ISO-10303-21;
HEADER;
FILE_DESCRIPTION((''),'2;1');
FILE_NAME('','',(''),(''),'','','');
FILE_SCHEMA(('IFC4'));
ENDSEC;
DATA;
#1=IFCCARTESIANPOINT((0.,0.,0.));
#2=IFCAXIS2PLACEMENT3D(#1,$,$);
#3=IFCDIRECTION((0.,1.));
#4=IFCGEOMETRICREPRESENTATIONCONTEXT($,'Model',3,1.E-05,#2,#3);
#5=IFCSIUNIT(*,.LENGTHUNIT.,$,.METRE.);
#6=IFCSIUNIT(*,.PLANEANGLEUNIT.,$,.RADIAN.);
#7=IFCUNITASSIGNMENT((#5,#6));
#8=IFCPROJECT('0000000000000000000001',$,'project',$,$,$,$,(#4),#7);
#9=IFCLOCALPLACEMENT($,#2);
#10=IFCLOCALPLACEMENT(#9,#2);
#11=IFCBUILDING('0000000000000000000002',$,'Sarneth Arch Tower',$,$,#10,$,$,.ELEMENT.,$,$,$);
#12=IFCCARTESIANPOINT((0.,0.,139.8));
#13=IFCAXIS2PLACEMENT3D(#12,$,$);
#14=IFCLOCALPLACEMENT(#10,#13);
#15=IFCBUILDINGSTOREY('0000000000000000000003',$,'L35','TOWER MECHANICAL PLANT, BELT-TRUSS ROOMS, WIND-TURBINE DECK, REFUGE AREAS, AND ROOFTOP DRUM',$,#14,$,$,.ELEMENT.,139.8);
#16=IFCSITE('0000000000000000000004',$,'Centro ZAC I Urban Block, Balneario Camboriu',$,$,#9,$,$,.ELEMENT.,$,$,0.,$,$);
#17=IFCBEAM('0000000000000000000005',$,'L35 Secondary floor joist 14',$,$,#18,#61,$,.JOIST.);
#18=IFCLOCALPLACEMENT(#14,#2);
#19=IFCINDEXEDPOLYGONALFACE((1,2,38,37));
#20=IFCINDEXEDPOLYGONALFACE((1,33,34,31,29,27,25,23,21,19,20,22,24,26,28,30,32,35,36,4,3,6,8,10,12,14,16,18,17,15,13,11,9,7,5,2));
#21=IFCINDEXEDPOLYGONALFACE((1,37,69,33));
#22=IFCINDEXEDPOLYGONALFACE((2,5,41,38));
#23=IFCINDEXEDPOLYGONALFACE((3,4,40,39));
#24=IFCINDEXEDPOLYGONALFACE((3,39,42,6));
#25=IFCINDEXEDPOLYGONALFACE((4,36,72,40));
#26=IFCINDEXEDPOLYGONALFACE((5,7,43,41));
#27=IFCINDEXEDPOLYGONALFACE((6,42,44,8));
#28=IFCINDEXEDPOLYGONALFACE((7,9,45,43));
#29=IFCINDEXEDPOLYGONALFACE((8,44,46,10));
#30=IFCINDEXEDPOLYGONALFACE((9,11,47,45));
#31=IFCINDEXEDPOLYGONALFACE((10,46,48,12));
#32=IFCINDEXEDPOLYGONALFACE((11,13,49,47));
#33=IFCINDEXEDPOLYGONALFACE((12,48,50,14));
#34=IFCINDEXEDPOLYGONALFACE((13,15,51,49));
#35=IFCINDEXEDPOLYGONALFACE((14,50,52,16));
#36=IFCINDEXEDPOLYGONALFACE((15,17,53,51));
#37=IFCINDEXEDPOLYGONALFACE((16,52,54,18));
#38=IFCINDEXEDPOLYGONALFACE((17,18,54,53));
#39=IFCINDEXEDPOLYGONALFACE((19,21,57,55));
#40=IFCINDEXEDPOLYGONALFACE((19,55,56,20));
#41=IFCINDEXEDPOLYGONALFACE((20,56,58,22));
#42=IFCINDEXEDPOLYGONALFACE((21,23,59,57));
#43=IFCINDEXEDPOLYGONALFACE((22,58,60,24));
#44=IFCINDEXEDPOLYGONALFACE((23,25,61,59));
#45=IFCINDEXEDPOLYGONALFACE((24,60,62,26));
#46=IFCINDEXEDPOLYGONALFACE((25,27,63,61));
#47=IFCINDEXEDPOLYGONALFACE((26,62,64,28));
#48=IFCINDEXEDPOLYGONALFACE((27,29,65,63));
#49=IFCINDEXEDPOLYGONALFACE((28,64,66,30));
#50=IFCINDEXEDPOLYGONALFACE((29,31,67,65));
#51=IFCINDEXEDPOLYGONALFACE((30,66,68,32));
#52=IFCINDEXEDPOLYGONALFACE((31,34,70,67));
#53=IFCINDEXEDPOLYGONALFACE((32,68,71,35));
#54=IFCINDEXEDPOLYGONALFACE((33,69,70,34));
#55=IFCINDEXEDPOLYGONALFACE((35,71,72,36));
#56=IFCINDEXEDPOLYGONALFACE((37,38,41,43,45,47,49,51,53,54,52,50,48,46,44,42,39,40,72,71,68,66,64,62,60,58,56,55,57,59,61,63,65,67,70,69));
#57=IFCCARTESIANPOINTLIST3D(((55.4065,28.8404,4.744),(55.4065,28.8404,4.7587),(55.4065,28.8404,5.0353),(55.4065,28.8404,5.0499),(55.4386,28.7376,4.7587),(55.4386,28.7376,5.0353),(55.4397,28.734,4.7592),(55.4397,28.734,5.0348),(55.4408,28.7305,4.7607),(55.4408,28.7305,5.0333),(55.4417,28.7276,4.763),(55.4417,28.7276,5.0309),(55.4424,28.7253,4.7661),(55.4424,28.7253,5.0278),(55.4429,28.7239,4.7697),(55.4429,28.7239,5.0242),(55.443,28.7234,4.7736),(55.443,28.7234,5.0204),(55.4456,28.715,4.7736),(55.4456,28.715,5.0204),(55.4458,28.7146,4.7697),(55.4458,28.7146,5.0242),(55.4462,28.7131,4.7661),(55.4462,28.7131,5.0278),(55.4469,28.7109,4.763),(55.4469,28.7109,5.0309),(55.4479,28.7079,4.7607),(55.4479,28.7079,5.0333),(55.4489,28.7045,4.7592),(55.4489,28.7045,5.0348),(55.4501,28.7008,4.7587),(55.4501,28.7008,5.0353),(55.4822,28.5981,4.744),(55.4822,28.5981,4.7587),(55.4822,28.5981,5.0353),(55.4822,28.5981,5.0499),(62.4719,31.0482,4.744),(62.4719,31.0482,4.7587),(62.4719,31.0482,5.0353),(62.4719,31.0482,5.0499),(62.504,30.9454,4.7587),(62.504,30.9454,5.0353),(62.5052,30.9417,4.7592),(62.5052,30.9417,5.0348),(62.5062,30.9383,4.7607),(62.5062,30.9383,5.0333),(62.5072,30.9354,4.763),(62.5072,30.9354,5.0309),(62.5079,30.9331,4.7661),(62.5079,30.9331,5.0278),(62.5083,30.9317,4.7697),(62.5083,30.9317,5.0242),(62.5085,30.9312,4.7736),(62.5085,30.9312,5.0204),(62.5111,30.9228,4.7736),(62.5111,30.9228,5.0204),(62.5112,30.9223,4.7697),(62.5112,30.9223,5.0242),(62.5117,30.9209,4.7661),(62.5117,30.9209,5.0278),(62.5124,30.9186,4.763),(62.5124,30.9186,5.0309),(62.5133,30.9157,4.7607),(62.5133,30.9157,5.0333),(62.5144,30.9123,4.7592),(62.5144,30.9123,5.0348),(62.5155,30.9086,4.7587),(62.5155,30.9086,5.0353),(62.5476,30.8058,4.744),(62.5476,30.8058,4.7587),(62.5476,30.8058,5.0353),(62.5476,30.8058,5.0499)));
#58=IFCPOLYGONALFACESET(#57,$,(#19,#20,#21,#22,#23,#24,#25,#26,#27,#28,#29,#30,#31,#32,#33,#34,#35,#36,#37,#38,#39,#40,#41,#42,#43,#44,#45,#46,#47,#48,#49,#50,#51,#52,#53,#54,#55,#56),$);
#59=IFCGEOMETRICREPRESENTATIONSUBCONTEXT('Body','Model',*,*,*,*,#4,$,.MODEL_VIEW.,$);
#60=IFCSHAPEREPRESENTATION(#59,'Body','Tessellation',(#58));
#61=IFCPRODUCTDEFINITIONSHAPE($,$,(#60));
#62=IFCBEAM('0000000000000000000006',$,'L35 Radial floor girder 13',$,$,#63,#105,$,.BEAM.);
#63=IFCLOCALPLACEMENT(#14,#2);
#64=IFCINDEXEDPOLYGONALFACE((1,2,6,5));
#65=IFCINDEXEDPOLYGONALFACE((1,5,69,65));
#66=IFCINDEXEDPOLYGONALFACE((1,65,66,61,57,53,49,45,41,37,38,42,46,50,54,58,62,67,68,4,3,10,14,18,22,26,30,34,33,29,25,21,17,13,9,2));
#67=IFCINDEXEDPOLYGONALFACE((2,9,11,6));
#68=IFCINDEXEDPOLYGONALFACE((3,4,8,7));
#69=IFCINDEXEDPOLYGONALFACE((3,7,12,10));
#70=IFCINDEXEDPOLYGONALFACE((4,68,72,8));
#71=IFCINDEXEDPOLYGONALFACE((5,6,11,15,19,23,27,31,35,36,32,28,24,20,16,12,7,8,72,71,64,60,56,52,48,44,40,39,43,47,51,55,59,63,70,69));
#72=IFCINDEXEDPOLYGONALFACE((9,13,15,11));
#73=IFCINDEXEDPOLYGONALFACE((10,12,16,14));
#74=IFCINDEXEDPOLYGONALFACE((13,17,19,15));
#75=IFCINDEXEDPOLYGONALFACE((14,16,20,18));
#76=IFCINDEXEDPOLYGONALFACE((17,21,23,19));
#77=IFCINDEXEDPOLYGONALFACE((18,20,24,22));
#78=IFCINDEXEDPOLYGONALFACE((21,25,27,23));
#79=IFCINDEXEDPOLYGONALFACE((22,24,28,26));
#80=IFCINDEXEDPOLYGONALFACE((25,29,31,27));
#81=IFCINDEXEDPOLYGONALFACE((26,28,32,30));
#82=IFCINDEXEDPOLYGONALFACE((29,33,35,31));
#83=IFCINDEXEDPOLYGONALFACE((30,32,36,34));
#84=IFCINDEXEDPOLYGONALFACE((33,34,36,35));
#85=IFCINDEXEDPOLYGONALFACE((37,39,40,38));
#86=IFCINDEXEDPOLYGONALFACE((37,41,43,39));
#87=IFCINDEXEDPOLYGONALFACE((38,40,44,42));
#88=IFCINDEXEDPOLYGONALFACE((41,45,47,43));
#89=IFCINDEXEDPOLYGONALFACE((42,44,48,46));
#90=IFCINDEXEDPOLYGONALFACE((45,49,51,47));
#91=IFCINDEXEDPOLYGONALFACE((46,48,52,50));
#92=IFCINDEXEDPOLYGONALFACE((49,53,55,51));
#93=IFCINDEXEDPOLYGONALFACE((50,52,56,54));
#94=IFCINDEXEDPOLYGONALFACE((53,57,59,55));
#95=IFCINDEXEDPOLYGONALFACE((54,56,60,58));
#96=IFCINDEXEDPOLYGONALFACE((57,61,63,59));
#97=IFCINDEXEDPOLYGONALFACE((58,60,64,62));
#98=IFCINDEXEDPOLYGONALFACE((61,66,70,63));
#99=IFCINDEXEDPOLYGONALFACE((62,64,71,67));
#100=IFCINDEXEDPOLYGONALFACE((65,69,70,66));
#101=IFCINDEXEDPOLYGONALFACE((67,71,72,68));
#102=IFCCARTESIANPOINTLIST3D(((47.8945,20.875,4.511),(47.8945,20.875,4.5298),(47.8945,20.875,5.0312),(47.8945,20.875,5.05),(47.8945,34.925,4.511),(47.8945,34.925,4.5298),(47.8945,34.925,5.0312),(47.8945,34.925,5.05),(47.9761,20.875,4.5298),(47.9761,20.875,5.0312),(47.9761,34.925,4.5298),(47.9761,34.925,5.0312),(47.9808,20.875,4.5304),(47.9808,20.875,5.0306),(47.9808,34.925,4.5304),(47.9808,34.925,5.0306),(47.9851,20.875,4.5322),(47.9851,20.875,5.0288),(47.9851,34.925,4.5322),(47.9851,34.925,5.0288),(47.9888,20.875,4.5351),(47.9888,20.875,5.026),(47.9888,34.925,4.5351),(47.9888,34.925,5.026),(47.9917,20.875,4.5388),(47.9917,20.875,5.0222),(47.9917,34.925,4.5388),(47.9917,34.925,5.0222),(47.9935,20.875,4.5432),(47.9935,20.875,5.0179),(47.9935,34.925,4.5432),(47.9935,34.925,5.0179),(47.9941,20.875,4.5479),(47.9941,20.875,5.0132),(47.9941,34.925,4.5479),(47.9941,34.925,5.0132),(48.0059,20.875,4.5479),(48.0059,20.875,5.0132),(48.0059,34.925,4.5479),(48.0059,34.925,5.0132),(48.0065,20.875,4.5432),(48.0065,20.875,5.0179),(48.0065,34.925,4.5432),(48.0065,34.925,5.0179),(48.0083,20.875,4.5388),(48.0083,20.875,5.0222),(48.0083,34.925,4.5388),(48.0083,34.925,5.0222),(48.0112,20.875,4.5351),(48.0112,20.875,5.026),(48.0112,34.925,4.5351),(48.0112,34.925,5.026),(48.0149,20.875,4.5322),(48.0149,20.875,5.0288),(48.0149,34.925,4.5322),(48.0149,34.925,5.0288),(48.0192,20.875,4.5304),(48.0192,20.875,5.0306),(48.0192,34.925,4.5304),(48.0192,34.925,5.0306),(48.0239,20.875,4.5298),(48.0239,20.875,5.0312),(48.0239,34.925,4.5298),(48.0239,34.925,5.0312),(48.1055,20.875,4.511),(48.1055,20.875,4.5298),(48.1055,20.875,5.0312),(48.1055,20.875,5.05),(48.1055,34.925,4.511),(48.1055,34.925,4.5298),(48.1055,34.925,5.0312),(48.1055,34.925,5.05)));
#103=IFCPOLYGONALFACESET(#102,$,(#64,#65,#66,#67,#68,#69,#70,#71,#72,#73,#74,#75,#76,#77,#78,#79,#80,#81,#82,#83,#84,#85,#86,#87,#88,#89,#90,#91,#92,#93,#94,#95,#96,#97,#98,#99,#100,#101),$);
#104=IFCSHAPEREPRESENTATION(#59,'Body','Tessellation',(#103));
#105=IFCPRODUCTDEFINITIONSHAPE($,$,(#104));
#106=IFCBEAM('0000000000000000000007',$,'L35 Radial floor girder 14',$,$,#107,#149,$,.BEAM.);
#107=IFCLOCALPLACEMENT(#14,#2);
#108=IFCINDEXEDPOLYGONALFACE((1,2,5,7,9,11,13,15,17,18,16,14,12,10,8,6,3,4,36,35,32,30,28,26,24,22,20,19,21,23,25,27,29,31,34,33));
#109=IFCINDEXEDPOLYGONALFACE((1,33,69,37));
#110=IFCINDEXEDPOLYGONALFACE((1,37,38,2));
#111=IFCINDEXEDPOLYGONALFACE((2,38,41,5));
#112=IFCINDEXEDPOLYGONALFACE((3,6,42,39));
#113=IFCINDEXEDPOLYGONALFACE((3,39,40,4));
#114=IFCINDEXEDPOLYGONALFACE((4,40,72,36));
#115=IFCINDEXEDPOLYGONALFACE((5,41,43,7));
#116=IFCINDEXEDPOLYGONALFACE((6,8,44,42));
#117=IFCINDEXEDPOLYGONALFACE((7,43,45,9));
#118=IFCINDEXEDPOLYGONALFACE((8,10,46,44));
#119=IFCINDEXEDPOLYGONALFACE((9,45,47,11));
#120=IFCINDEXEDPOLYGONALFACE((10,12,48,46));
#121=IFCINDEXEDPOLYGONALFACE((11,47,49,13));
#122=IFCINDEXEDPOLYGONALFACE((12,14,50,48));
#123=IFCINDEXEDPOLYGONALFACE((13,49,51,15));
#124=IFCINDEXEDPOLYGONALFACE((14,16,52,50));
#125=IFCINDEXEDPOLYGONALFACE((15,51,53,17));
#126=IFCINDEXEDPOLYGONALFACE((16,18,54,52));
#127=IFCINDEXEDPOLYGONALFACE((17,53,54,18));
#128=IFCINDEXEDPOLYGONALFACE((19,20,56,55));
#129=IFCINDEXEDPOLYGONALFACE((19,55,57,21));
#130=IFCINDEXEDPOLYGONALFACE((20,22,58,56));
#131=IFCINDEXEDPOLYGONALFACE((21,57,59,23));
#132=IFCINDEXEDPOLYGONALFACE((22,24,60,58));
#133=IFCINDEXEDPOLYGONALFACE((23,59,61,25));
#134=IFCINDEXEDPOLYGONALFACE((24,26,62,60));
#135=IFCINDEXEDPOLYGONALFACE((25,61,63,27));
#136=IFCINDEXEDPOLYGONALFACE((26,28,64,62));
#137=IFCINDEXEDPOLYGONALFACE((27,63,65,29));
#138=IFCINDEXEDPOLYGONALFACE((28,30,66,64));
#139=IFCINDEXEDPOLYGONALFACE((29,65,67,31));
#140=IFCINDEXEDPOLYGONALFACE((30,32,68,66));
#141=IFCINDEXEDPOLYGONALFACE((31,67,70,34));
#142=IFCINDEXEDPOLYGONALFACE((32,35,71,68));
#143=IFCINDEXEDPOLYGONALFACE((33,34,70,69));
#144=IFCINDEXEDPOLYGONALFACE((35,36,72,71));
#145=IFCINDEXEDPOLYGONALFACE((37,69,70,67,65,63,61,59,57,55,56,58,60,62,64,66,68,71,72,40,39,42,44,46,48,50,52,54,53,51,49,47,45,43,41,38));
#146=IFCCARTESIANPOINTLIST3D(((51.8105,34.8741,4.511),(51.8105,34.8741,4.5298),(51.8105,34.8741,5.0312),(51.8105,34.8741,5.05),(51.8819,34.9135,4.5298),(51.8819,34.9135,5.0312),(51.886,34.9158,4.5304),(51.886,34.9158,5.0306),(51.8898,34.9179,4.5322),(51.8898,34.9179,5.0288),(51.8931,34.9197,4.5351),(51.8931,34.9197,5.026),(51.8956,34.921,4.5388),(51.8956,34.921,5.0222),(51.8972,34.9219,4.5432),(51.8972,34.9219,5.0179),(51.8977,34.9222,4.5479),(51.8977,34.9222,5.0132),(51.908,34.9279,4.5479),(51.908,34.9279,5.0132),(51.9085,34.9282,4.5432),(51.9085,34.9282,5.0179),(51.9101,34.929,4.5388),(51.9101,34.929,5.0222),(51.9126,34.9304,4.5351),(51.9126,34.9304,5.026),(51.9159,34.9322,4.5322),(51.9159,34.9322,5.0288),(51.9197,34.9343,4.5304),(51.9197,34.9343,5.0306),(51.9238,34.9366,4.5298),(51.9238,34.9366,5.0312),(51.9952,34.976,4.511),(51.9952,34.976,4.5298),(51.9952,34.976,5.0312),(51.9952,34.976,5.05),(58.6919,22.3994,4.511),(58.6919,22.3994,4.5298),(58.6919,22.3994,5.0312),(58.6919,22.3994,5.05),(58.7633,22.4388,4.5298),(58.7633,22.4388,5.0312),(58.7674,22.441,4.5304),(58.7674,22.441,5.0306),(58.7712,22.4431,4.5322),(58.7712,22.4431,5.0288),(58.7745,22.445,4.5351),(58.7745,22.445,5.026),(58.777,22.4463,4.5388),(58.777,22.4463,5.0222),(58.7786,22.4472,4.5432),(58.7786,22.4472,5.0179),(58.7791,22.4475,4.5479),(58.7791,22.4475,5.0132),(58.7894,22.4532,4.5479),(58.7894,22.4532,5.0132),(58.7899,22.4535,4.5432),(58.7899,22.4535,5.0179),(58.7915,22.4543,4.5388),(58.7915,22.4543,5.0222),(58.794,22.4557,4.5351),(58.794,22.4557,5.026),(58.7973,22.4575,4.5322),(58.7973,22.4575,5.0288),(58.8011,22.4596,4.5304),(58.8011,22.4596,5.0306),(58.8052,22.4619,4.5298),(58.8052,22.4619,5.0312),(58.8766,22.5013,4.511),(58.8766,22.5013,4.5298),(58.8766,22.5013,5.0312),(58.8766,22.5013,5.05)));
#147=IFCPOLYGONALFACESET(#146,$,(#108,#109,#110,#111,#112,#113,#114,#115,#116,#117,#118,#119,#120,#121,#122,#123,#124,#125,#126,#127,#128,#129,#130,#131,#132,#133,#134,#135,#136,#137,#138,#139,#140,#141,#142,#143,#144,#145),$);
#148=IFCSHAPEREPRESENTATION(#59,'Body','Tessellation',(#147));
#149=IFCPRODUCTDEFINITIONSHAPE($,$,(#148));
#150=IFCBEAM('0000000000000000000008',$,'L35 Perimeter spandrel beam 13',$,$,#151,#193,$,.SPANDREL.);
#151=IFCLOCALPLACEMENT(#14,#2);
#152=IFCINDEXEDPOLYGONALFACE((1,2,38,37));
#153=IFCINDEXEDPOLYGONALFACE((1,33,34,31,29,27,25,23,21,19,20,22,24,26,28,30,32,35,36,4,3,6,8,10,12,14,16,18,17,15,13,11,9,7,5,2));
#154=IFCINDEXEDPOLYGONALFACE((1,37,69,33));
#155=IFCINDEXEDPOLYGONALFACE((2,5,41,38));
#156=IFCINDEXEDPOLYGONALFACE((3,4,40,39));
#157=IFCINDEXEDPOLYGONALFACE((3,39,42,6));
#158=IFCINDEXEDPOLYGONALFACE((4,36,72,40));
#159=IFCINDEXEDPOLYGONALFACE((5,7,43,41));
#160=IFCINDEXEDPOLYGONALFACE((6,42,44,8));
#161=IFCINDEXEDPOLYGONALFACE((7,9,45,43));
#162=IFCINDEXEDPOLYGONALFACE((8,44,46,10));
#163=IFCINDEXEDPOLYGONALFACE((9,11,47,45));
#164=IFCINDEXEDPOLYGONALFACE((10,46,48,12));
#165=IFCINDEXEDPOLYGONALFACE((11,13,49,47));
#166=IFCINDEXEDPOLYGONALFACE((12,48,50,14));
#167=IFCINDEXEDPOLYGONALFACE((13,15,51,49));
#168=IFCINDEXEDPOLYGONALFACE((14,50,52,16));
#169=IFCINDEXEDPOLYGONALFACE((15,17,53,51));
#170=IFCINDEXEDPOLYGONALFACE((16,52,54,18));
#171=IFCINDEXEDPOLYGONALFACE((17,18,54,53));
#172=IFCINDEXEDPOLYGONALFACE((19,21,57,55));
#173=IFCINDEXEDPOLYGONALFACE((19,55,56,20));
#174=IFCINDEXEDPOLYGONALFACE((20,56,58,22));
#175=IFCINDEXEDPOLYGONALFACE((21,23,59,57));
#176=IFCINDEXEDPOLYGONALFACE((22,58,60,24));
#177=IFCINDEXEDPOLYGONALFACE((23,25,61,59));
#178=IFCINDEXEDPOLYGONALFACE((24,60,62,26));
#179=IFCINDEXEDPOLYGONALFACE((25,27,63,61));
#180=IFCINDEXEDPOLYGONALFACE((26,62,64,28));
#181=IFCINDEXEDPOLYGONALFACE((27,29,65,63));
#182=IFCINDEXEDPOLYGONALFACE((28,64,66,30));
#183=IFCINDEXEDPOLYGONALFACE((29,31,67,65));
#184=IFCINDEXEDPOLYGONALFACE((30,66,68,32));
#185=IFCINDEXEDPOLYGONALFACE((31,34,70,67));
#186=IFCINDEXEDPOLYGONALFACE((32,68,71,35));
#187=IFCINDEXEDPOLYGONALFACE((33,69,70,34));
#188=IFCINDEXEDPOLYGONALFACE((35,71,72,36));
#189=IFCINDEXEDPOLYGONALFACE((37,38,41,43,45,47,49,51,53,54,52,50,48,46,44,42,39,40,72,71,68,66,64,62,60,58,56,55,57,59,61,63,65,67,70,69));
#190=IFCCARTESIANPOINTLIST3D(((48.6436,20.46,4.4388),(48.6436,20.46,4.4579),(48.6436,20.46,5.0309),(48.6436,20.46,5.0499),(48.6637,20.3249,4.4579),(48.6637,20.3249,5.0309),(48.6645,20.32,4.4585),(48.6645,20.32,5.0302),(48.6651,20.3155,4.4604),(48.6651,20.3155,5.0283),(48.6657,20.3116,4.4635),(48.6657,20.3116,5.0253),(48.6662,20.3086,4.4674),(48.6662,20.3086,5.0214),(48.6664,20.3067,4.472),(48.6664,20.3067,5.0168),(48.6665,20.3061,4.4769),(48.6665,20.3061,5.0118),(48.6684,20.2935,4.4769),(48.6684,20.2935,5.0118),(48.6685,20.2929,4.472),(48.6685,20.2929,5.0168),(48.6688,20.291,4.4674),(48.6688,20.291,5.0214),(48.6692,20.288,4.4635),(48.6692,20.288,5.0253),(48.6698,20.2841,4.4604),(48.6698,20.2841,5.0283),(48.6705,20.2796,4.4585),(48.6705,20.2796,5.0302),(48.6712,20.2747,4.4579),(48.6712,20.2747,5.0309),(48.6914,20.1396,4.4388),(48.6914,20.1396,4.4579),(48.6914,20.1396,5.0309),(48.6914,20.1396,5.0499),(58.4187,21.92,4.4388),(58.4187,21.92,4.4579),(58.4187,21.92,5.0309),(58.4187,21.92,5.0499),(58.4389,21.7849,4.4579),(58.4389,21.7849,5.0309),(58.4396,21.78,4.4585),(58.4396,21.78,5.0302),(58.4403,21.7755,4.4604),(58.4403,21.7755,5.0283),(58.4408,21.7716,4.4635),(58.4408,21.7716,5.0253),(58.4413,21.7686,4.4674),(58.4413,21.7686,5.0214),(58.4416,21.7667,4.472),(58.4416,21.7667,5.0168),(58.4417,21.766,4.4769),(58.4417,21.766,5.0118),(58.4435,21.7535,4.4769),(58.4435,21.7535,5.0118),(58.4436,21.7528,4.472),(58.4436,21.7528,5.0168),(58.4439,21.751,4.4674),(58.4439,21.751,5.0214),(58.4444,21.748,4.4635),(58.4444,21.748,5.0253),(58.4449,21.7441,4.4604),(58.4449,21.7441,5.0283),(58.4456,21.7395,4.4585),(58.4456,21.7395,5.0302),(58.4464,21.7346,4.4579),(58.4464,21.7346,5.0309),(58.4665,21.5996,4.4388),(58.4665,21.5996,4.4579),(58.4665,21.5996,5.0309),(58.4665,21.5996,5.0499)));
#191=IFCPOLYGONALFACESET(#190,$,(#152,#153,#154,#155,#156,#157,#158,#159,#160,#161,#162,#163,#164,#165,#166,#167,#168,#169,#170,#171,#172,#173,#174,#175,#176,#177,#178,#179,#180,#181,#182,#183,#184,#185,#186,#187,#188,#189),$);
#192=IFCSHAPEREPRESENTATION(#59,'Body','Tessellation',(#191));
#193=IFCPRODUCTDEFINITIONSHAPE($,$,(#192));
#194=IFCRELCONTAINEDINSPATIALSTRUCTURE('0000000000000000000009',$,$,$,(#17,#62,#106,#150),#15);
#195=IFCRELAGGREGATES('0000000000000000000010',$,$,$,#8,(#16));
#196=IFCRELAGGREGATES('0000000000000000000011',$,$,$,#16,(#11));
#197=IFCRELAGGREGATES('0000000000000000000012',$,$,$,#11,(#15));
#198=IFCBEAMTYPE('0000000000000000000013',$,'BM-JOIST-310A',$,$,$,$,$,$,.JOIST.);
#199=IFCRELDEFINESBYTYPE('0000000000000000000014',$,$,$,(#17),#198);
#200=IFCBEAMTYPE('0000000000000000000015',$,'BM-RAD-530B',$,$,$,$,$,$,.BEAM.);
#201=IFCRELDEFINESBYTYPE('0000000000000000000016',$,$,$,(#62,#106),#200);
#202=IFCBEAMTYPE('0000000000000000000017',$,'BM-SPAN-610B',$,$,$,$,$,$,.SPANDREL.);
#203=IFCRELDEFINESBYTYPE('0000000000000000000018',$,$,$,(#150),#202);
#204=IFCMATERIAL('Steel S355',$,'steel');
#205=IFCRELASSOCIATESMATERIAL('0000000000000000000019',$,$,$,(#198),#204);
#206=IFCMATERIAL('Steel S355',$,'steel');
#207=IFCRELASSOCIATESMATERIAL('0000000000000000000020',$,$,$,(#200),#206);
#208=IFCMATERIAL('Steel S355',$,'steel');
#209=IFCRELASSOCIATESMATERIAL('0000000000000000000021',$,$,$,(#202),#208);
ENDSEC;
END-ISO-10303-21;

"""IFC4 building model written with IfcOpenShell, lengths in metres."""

from ifc_helpers import new_model, si_unit, direction, frame, origin, origin_2d, place, context, subcontext, project, spatial, i_section, extrude, material, material_profile, profile_set, type_object, element, save


model = new_model("IFC4")

# Units and contexts
model_context = context("Model", 3, precision=1e-05, world=origin(), true_north=direction((0.0, 1.0)))
body_context = subcontext(model_context, "Body", "Model", "MODEL_VIEW")
ifc_project = project(units=[si_unit("LENGTHUNIT", "METRE"), si_unit("PLANEANGLEUNIT", "RADIAN")], contexts=[model_context])

# Site, building, storey
site_placement = place(None, origin())
site = spatial("IfcSite", under=ifc_project, at=site_placement, Name="Centro ZAC I Urban Block, Balneario Camboriu", CompositionType="ELEMENT", RefElevation=0.0)
building_placement = place(site_placement, origin())
building = spatial("IfcBuilding", under=site, at=building_placement, Name="Sarneth Arch Tower", CompositionType="ELEMENT")
storey_placement = place(building_placement, frame((0.0, 0.0, 139.8)))
storey = spatial("IfcBuildingStorey", under=building, at=storey_placement, Name="L35", Description="TOWER MECHANICAL PLANT, BELT-TRUSS ROOMS, WIND-TURBINE DECK, REFUGE AREAS, AND ROOFTOP DRUM", CompositionType="ELEMENT", Elevation=139.8)

# Beams
ifc_material_1 = material(Name="Steel S355", Category="steel")
ifc_material_profile_1 = material_profile(ifc_material_1, i_section(OverallWidth=0.2539, OverallDepth=0.3059, WebThickness=0.0088, FlangeThickness=0.0146, FilletRadius=0.0149, at=origin_2d()), Name="W310x79")
ifc_profile_set_1 = profile_set([ifc_material_profile_1], Name="Steel S355")
beam_type_1 = type_object("IfcBeamType", Name="BM-JOIST-310A", PredefinedType="JOIST", material=ifc_profile_set_1)
beam_1_placement = place(storey_placement, frame((55.4443, 28.7192, 4.897), z_axis=(0.954487, 0.298252, 0.0), x_axis=(-0.298252, 0.954487, 0.0)))
element("IfcBeam", 1, at=beam_1_placement, inside=storey, type_object=beam_type_1, Name="L35 Secondary floor joist 14", PredefinedType="JOIST", context=body_context, shape_type="SweptSolid", body=[
    extrude(i_section(OverallWidth=0.2539, OverallDepth=0.3059, WebThickness=0.0088, FlangeThickness=0.0146, FilletRadius=0.0149, at=origin_2d()), origin(), (0.0, 0.0, 1.0), 7.4023),
])
ifc_material_2 = material(Name="Steel S355", Category="steel")
ifc_material_profile_2 = material_profile(ifc_material_2, i_section(OverallWidth=0.2109, OverallDepth=0.5391, WebThickness=0.0117, FlangeThickness=0.0188, FilletRadius=0.0181, at=origin_2d()), Name="W530x109")
ifc_profile_set_2 = profile_set([ifc_material_profile_2], Name="Steel S355")
beam_type_2 = type_object("IfcBeamType", Name="BM-RAD-530B", PredefinedType="BEAM", material=ifc_profile_set_2)
beam_2_placement = place(storey_placement, frame((48.0, 34.925, 4.7805), z_axis=(0.0, -1.0, 0.0), x_axis=(1.0, 0.0, 0.0)))
element("IfcBeam", 2, at=beam_2_placement, inside=storey, type_object=beam_type_2, Name="L35 Radial floor girder 13", PredefinedType="BEAM", context=body_context, shape_type="SweptSolid", body=[
    extrude(i_section(OverallWidth=0.2109, OverallDepth=0.5391, WebThickness=0.0117, FlangeThickness=0.0188, FilletRadius=0.0181, at=origin_2d()), origin(), (0.0, 0.0, 1.0), 14.05),
])
beam_3_placement = place(storey_placement, frame((51.9028, 34.925, 4.7805), z_axis=(0.483013, -0.875613, 0.0), x_axis=(0.875613, 0.483013, 0.0)))
element("IfcBeam", 3, at=beam_3_placement, inside=storey, type_object=beam_type_2, Name="L35 Radial floor girder 14", PredefinedType="BEAM", context=body_context, shape_type="SweptSolid", body=[
    extrude(i_section(OverallWidth=0.2109, OverallDepth=0.5391, WebThickness=0.0117, FlangeThickness=0.0188, FilletRadius=0.0181, at=origin_2d()), origin(), (0.0, 0.0, 1.0), 14.2468),
])
ifc_material_3 = material(Name="Steel S355", Category="steel")
ifc_material_profile_3 = material_profile(ifc_material_3, i_section(OverallWidth=0.324, OverallDepth=0.6111, WebThickness=0.0127, FlangeThickness=0.019, FilletRadius=0.019, at=origin_2d()), Name="W610x155")
ifc_profile_set_3 = profile_set([ifc_material_profile_3], Name="Steel S355")
beam_type_3 = type_object("IfcBeamType", Name="BM-SPAN-610B", PredefinedType="SPANDREL", material=ifc_profile_set_3)
beam_4_placement = place(storey_placement, frame((48.6675, 20.2998, 4.7444), z_axis=(0.98903, 0.147716, 0.0), x_axis=(-0.147716, 0.98903, 0.0)))
element("IfcBeam", 4, at=beam_4_placement, inside=storey, type_object=beam_type_3, Name="L35 Perimeter spandrel beam 13", PredefinedType="SPANDREL", context=body_context, shape_type="SweptSolid", body=[
    extrude(i_section(OverallWidth=0.324, OverallDepth=0.6111, WebThickness=0.0127, FlangeThickness=0.019, FilletRadius=0.019, at=origin_2d()), origin(), (0.0, 0.0, 1.0), 9.8835),
])

save(model, "model.ifc")
